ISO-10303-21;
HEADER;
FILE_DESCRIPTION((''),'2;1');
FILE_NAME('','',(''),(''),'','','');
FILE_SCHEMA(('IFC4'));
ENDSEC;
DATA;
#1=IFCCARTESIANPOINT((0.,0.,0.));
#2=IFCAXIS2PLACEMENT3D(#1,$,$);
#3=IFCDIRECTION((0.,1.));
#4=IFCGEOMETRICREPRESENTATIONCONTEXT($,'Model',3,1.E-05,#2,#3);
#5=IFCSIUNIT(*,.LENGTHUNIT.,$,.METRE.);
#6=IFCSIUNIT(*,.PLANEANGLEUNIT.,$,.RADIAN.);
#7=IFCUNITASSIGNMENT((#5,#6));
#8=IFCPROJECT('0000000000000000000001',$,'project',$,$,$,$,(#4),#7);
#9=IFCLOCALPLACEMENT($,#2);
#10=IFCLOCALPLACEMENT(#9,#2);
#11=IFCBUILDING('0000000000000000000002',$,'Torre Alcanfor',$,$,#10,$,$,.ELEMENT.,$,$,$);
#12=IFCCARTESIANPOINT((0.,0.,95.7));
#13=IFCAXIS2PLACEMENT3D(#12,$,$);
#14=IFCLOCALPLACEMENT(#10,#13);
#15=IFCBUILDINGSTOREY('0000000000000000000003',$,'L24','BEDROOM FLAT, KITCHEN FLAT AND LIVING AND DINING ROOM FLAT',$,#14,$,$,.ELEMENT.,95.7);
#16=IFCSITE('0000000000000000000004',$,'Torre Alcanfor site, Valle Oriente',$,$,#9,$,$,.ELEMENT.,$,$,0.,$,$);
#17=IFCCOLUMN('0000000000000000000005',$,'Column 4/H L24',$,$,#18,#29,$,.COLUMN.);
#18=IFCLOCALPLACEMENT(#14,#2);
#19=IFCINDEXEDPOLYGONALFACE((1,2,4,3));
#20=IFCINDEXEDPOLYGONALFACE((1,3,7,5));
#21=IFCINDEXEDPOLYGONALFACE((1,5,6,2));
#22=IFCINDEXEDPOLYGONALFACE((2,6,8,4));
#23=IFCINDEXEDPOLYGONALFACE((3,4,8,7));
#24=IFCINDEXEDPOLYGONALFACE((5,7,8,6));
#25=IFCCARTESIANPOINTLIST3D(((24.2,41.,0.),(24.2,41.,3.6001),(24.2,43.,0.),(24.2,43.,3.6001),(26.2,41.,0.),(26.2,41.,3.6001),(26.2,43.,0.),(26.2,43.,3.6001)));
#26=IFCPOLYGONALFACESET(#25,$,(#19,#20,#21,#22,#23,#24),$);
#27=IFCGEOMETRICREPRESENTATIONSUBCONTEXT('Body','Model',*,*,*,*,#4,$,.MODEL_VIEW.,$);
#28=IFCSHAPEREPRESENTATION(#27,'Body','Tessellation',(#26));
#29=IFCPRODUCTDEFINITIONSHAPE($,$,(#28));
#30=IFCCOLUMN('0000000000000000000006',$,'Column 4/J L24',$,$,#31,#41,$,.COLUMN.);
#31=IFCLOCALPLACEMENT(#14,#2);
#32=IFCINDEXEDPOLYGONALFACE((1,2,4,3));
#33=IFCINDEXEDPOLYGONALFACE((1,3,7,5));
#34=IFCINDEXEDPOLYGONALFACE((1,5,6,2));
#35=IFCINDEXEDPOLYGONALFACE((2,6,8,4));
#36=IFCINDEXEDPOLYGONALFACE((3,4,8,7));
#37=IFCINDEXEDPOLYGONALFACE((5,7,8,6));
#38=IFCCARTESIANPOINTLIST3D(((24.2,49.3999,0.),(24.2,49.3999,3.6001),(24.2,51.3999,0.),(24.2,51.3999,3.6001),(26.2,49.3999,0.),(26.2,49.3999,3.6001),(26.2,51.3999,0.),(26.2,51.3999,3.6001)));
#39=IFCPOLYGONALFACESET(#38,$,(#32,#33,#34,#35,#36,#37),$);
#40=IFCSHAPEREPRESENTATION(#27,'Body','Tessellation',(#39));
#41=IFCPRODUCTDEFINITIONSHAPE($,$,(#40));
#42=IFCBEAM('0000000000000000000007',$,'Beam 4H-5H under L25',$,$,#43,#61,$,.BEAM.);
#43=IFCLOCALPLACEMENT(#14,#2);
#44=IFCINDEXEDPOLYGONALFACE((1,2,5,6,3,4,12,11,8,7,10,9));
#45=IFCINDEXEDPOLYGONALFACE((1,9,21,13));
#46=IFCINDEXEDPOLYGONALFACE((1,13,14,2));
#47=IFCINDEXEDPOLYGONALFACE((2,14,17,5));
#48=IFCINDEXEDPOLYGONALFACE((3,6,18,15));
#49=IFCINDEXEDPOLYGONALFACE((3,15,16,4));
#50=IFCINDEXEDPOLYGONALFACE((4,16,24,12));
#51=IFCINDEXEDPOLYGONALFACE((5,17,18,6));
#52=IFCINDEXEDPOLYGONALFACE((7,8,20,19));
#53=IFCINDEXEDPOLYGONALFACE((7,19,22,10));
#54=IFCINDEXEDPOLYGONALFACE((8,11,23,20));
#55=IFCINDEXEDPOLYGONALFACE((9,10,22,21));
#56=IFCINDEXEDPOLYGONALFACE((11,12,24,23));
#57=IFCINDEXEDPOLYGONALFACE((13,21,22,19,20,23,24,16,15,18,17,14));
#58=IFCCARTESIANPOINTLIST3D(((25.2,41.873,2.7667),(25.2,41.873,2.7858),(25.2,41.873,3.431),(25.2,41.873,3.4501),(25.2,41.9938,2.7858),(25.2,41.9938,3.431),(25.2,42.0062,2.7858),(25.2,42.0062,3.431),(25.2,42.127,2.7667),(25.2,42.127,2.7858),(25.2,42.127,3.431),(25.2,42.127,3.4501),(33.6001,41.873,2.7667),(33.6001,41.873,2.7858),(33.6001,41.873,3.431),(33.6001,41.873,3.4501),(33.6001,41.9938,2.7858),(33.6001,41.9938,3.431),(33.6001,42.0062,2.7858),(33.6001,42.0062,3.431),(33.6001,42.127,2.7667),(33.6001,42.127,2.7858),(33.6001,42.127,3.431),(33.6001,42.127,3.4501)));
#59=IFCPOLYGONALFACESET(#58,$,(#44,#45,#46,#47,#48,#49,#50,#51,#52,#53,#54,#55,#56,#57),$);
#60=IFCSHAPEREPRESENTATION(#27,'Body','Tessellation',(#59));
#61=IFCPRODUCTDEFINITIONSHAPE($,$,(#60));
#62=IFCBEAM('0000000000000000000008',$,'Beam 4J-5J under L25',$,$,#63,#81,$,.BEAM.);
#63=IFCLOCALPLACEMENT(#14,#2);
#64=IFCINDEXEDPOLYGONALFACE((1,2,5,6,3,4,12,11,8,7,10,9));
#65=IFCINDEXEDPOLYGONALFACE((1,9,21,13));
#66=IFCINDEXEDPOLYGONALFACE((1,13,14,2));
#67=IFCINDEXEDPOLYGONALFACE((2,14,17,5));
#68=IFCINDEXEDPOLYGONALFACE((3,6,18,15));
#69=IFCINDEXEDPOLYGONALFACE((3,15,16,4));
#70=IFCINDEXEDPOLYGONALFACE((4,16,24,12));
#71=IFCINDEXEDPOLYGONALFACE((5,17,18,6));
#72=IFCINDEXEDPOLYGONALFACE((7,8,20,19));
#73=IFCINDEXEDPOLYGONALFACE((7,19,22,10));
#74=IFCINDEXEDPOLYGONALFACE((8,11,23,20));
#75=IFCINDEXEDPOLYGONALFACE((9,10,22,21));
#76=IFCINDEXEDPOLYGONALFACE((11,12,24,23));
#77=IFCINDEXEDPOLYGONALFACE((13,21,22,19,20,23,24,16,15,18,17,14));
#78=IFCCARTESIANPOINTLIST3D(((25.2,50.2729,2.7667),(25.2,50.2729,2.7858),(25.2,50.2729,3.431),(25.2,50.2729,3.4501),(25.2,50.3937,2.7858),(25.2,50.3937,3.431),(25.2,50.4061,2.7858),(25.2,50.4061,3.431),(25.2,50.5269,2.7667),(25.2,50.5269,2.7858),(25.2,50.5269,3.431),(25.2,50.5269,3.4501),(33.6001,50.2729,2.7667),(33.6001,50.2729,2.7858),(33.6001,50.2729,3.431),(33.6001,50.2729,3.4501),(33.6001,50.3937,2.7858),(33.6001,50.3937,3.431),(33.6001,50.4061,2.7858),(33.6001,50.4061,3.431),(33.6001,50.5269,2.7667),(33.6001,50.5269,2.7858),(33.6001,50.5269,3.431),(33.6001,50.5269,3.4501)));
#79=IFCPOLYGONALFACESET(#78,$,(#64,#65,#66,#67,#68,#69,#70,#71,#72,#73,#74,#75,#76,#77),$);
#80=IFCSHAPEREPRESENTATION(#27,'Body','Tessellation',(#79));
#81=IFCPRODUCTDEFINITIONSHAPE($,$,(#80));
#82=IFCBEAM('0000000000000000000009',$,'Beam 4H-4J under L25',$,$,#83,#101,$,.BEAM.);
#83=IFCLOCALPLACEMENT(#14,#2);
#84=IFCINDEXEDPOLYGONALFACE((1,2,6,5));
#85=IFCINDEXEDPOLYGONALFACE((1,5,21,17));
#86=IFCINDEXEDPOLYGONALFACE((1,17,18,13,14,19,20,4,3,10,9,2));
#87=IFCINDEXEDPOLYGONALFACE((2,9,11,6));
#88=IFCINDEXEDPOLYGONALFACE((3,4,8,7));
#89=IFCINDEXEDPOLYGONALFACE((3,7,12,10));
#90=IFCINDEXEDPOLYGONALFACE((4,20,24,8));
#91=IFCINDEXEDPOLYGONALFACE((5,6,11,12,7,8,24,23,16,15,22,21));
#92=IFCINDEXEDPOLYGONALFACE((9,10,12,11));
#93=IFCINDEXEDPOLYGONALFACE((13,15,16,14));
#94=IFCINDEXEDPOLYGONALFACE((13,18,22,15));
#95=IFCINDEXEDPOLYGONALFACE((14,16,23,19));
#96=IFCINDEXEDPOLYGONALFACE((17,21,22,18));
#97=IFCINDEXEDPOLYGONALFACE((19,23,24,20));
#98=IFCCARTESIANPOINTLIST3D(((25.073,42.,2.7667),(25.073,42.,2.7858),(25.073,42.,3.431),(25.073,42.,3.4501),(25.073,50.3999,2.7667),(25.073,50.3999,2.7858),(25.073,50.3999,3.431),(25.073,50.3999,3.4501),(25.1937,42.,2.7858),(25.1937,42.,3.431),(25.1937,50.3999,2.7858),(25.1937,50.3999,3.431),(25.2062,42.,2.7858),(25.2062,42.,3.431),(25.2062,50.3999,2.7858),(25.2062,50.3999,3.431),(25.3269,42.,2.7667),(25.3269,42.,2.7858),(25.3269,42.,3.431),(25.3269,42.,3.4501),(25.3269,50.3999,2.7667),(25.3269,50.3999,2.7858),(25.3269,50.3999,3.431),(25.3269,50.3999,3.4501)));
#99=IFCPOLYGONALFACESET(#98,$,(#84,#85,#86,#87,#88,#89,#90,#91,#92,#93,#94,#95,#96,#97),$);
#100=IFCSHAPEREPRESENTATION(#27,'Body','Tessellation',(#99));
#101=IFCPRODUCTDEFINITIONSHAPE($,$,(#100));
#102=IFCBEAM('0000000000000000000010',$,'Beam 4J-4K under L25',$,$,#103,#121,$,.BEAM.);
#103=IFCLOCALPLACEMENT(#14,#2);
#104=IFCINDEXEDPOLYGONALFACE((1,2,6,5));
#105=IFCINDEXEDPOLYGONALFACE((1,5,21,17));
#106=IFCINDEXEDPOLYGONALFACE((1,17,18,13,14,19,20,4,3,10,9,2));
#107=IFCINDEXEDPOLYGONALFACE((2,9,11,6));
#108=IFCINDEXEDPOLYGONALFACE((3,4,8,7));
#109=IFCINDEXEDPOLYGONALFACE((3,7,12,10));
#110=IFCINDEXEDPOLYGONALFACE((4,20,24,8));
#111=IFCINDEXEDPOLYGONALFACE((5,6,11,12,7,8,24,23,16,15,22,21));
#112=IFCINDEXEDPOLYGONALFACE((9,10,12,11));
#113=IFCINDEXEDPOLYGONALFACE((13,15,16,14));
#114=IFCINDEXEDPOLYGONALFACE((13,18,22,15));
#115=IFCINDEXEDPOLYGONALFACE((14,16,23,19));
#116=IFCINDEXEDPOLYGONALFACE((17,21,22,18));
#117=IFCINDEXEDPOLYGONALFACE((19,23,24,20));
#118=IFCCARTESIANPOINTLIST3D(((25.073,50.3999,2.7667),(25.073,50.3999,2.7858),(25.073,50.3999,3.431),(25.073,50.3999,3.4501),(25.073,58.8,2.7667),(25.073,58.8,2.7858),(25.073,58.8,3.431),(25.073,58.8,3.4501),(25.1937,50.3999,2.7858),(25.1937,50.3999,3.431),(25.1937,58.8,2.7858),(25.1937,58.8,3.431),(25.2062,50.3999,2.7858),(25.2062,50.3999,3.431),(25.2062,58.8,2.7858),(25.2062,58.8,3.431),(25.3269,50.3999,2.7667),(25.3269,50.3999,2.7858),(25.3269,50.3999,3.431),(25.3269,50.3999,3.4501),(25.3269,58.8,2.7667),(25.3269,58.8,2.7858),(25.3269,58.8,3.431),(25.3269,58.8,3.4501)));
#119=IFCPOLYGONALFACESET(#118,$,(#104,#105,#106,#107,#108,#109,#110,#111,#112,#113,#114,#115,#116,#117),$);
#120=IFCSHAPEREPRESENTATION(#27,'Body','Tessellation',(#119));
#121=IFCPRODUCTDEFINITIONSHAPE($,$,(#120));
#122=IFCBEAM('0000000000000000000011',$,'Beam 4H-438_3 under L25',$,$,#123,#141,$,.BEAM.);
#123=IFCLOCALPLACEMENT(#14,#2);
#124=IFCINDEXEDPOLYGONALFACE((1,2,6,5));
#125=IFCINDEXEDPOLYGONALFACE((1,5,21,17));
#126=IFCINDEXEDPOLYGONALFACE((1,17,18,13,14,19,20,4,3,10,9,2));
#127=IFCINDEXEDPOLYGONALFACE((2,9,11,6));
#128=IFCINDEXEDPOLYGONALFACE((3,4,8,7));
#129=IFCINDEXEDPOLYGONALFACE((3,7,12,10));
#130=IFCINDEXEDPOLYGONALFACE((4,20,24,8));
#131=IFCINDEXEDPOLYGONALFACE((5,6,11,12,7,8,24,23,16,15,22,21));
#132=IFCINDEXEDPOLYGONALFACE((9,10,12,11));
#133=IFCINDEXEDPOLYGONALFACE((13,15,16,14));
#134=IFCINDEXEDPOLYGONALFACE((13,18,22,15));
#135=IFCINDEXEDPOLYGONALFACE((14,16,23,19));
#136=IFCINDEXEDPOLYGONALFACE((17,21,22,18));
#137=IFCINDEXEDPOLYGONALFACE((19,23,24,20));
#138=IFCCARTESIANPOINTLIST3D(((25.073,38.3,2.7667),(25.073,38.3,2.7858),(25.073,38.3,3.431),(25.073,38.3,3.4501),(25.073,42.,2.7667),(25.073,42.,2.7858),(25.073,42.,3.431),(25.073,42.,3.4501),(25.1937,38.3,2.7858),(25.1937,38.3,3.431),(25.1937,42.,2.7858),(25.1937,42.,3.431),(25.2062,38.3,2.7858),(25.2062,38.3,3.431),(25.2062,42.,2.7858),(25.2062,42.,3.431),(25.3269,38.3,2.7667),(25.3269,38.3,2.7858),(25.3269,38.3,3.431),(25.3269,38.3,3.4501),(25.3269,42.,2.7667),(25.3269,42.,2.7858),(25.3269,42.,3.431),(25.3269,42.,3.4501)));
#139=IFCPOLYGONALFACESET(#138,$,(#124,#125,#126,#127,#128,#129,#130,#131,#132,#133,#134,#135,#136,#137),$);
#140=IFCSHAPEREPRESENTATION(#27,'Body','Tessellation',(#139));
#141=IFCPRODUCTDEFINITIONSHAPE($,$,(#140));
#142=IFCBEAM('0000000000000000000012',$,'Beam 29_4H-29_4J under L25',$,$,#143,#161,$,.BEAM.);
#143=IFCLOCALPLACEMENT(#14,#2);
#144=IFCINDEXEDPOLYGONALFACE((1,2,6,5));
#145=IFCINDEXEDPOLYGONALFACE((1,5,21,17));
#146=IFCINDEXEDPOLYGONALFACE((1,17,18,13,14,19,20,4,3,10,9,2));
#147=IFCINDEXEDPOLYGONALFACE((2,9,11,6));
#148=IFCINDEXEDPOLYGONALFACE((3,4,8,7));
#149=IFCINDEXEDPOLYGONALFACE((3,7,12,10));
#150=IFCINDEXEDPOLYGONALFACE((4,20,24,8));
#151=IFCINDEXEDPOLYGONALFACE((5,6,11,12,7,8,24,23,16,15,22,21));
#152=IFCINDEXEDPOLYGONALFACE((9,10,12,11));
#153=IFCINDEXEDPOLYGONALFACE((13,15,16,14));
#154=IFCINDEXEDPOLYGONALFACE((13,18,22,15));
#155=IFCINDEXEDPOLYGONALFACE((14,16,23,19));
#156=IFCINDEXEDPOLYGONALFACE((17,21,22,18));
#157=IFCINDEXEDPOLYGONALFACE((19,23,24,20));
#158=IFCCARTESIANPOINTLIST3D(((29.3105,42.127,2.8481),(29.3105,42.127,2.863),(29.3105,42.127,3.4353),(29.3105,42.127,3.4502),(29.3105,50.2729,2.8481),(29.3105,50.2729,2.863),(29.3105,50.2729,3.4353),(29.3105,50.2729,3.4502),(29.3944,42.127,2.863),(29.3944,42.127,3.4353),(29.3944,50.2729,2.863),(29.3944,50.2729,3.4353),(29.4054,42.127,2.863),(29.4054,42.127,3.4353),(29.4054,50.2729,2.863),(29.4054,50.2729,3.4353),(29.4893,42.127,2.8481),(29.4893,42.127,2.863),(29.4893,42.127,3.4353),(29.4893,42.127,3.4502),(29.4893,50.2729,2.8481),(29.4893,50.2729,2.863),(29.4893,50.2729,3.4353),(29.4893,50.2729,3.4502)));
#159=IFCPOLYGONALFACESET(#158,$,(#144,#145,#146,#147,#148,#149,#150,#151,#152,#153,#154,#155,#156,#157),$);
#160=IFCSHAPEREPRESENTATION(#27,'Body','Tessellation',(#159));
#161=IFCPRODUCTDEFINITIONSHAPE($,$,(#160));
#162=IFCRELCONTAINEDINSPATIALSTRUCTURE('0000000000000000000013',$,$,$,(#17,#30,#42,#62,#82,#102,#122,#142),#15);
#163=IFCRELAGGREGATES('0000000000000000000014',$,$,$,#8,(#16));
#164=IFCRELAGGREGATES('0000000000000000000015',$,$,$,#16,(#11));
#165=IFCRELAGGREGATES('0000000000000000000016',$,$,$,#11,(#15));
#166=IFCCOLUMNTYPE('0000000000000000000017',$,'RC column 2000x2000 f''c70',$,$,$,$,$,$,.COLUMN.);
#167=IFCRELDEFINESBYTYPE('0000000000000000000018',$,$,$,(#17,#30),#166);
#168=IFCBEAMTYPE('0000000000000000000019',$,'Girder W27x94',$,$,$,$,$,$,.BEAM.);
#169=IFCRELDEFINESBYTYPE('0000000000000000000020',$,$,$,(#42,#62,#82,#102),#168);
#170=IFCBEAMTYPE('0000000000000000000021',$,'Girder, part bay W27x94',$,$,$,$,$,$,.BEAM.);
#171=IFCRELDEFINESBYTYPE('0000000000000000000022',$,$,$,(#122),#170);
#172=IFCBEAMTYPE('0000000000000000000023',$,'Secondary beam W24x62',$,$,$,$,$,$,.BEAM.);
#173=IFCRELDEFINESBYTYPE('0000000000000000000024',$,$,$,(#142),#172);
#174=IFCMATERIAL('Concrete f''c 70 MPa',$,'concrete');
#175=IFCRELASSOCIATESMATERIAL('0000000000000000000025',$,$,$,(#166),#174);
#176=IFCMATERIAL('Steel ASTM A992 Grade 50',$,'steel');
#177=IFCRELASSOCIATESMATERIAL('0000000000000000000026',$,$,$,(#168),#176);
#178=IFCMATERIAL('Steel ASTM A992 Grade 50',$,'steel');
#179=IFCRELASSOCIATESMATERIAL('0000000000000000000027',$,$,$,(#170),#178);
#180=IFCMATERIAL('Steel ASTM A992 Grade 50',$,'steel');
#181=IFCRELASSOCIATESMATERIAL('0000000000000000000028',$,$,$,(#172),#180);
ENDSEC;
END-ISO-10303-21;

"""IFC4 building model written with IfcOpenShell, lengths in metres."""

from ifc_helpers import new_model, si_unit, direction, frame, origin, origin_2d, place, context, subcontext, project, spatial, rectangle, i_section, extrude, material, material_profile, profile_set, type_object, element, save


model = new_model("IFC4")

# Units and contexts
model_context = context("Model", 3, precision=1e-05, world=origin(), true_north=direction((0.0, 1.0)))
body_context = subcontext(model_context, "Body", "Model", "MODEL_VIEW")
ifc_project = project(units=[si_unit("LENGTHUNIT", "METRE"), si_unit("PLANEANGLEUNIT", "RADIAN")], contexts=[model_context])

# Site, building, storey
site_placement = place(None, origin())
site = spatial("IfcSite", under=ifc_project, at=site_placement, Name="Torre Alcanfor site, Valle Oriente", CompositionType="ELEMENT", RefElevation=0.0)
building_placement = place(site_placement, origin())
building = spatial("IfcBuilding", under=site, at=building_placement, Name="Torre Alcanfor", CompositionType="ELEMENT")
storey_placement = place(building_placement, frame((0.0, 0.0, 95.7)))
storey = spatial("IfcBuildingStorey", under=building, at=storey_placement, Name="L24", Description="BEDROOM FLAT, KITCHEN FLAT AND LIVING AND DINING ROOM FLAT", CompositionType="ELEMENT", Elevation=95.7)

# Columns
ifc_material_1 = material(Name="Concrete f'c 70 MPa", Category="concrete")
ifc_material_profile_1 = material_profile(ifc_material_1, rectangle(XDim=2.0, YDim=2.0, at=origin_2d()), Name="2000x2000")
ifc_profile_set_1 = profile_set([ifc_material_profile_1], Name="Concrete f'c 70 MPa")
column_type = type_object("IfcColumnType", Name="RC column 2000x2000 f'c70", PredefinedType="COLUMN", material=ifc_profile_set_1)
for number, where, z_axis, x_axis, name in (
    (1, (25.2, 42.0, 0.0), (0.0, 0.0, 1.0), (1.0, 0.0, 0.0), "Column 4/H L24"),
    (2, (25.2, 50.3999, 0.0), (0.0, 0.0, 1.0), (1.0, 0.0, 0.0), "Column 4/J L24"),
):
    element("IfcColumn", number, at=place(storey_placement, frame(where, z_axis=z_axis, x_axis=x_axis)), inside=storey, type_object=column_type, Name=name, PredefinedType="COLUMN", context=body_context, shape_type="SweptSolid", body=[
        extrude(rectangle(XDim=2.0, YDim=2.0, at=origin_2d()), origin(), (0.0, 0.0, 1.0), 3.6001),
    ])

# Beams
ifc_material_2 = material(Name="Steel ASTM A992 Grade 50", Category="steel")
ifc_material_profile_2 = material_profile(ifc_material_2, i_section(OverallWidth=0.2539, OverallDepth=0.6833, WebThickness=0.0125, FlangeThickness=0.019, at=origin_2d()), Name="W27x94")
ifc_profile_set_2 = profile_set([ifc_material_profile_2], Name="Steel ASTM A992 Grade 50")
beam_type_1 = type_object("IfcBeamType", Name="Girder W27x94", PredefinedType="BEAM", material=ifc_profile_set_2)
for number, where, z_axis, x_axis, name in (
    (3, (25.2, 42.0, 3.1084), (1.0, 0.0, 0.0), (0.0, 1.0, 0.0), "Beam 4H-5H under L25"),
    (4, (25.2, 50.3999, 3.1084), (1.0, 0.0, 0.0), (0.0, 1.0, 0.0), "Beam 4J-5J under L25"),
):
    element("IfcBeam", number, at=place(storey_placement, frame(where, z_axis=z_axis, x_axis=x_axis)), inside=storey, type_object=beam_type_1, Name=name, PredefinedType="BEAM", context=body_context, shape_type="SweptSolid", body=[
        extrude(i_section(OverallWidth=0.2539, OverallDepth=0.6833, WebThickness=0.0125, FlangeThickness=0.019, at=origin_2d()), origin(), (0.0, 0.0, 1.0), 8.4001),
    ])
beam_1_placement = place(storey_placement, frame((25.2, 42.0, 3.1084), z_axis=(0.0, 1.0, 0.0), x_axis=(-1.0, 0.0, 0.0)))
element("IfcBeam", 5, at=beam_1_placement, inside=storey, type_object=beam_type_1, Name="Beam 4H-4J under L25", PredefinedType="BEAM", context=body_context, shape_type="SweptSolid", body=[
    extrude(i_section(OverallWidth=0.2539, OverallDepth=0.6833, WebThickness=0.0125, FlangeThickness=0.019, at=origin_2d()), origin(), (0.0, 0.0, 1.0), 8.3999),
])
beam_2_placement = place(storey_placement, frame((25.2, 50.3999, 3.1084), z_axis=(0.0, 1.0, 0.0), x_axis=(-1.0, 0.0, 0.0)))
element("IfcBeam", 6, at=beam_2_placement, inside=storey, type_object=beam_type_1, Name="Beam 4J-4K under L25", PredefinedType="BEAM", context=body_context, shape_type="SweptSolid", body=[
    extrude(i_section(OverallWidth=0.2539, OverallDepth=0.6833, WebThickness=0.0125, FlangeThickness=0.019, at=origin_2d()), origin(), (0.0, 0.0, 1.0), 8.4001),
])
ifc_material_3 = material(Name="Steel ASTM A992 Grade 50", Category="steel")
ifc_material_profile_3 = material_profile(ifc_material_3, i_section(OverallWidth=0.2539, OverallDepth=0.6833, WebThickness=0.0125, FlangeThickness=0.019, at=origin_2d()), Name="W27x94")
ifc_profile_set_3 = profile_set([ifc_material_profile_3], Name="Steel ASTM A992 Grade 50")
beam_type_2 = type_object("IfcBeamType", Name="Girder, part bay W27x94", PredefinedType="BEAM", material=ifc_profile_set_3)
beam_3_placement = place(storey_placement, frame((25.2, 42.0, 3.1084), z_axis=(0.0, -1.0, 0.0), x_axis=(1.0, 0.0, 0.0)))
element("IfcBeam", 7, at=beam_3_placement, inside=storey, type_object=beam_type_2, Name="Beam 4H-438_3 under L25", PredefinedType="BEAM", context=body_context, shape_type="SweptSolid", body=[
    extrude(i_section(OverallWidth=0.2539, OverallDepth=0.6833, WebThickness=0.0125, FlangeThickness=0.019, at=origin_2d()), origin(), (0.0, 0.0, 1.0), 3.7),
])
ifc_material_4 = material(Name="Steel ASTM A992 Grade 50", Category="steel")
ifc_material_profile_4 = material_profile(ifc_material_4, i_section(OverallWidth=0.1787, OverallDepth=0.6021, WebThickness=0.011, FlangeThickness=0.0149, at=origin_2d()), Name="W24x62")
ifc_profile_set_4 = profile_set([ifc_material_profile_4], Name="Steel ASTM A992 Grade 50")
beam_type_3 = type_object("IfcBeamType", Name="Secondary beam W24x62", PredefinedType="BEAM", material=ifc_profile_set_4)
beam_4_placement = place(storey_placement, frame((29.3999, 42.127, 3.1492), z_axis=(0.0, 1.0, 0.0), x_axis=(-1.0, 0.0, 0.0)))
element("IfcBeam", 8, at=beam_4_placement, inside=storey, type_object=beam_type_3, Name="Beam 29_4H-29_4J under L25", PredefinedType="BEAM", context=body_context, shape_type="SweptSolid", body=[
    extrude(i_section(OverallWidth=0.1787, OverallDepth=0.6021, WebThickness=0.011, FlangeThickness=0.0149, at=origin_2d()), origin(), (0.0, 0.0, 1.0), 8.146),
])

save(model, "model.ifc")
